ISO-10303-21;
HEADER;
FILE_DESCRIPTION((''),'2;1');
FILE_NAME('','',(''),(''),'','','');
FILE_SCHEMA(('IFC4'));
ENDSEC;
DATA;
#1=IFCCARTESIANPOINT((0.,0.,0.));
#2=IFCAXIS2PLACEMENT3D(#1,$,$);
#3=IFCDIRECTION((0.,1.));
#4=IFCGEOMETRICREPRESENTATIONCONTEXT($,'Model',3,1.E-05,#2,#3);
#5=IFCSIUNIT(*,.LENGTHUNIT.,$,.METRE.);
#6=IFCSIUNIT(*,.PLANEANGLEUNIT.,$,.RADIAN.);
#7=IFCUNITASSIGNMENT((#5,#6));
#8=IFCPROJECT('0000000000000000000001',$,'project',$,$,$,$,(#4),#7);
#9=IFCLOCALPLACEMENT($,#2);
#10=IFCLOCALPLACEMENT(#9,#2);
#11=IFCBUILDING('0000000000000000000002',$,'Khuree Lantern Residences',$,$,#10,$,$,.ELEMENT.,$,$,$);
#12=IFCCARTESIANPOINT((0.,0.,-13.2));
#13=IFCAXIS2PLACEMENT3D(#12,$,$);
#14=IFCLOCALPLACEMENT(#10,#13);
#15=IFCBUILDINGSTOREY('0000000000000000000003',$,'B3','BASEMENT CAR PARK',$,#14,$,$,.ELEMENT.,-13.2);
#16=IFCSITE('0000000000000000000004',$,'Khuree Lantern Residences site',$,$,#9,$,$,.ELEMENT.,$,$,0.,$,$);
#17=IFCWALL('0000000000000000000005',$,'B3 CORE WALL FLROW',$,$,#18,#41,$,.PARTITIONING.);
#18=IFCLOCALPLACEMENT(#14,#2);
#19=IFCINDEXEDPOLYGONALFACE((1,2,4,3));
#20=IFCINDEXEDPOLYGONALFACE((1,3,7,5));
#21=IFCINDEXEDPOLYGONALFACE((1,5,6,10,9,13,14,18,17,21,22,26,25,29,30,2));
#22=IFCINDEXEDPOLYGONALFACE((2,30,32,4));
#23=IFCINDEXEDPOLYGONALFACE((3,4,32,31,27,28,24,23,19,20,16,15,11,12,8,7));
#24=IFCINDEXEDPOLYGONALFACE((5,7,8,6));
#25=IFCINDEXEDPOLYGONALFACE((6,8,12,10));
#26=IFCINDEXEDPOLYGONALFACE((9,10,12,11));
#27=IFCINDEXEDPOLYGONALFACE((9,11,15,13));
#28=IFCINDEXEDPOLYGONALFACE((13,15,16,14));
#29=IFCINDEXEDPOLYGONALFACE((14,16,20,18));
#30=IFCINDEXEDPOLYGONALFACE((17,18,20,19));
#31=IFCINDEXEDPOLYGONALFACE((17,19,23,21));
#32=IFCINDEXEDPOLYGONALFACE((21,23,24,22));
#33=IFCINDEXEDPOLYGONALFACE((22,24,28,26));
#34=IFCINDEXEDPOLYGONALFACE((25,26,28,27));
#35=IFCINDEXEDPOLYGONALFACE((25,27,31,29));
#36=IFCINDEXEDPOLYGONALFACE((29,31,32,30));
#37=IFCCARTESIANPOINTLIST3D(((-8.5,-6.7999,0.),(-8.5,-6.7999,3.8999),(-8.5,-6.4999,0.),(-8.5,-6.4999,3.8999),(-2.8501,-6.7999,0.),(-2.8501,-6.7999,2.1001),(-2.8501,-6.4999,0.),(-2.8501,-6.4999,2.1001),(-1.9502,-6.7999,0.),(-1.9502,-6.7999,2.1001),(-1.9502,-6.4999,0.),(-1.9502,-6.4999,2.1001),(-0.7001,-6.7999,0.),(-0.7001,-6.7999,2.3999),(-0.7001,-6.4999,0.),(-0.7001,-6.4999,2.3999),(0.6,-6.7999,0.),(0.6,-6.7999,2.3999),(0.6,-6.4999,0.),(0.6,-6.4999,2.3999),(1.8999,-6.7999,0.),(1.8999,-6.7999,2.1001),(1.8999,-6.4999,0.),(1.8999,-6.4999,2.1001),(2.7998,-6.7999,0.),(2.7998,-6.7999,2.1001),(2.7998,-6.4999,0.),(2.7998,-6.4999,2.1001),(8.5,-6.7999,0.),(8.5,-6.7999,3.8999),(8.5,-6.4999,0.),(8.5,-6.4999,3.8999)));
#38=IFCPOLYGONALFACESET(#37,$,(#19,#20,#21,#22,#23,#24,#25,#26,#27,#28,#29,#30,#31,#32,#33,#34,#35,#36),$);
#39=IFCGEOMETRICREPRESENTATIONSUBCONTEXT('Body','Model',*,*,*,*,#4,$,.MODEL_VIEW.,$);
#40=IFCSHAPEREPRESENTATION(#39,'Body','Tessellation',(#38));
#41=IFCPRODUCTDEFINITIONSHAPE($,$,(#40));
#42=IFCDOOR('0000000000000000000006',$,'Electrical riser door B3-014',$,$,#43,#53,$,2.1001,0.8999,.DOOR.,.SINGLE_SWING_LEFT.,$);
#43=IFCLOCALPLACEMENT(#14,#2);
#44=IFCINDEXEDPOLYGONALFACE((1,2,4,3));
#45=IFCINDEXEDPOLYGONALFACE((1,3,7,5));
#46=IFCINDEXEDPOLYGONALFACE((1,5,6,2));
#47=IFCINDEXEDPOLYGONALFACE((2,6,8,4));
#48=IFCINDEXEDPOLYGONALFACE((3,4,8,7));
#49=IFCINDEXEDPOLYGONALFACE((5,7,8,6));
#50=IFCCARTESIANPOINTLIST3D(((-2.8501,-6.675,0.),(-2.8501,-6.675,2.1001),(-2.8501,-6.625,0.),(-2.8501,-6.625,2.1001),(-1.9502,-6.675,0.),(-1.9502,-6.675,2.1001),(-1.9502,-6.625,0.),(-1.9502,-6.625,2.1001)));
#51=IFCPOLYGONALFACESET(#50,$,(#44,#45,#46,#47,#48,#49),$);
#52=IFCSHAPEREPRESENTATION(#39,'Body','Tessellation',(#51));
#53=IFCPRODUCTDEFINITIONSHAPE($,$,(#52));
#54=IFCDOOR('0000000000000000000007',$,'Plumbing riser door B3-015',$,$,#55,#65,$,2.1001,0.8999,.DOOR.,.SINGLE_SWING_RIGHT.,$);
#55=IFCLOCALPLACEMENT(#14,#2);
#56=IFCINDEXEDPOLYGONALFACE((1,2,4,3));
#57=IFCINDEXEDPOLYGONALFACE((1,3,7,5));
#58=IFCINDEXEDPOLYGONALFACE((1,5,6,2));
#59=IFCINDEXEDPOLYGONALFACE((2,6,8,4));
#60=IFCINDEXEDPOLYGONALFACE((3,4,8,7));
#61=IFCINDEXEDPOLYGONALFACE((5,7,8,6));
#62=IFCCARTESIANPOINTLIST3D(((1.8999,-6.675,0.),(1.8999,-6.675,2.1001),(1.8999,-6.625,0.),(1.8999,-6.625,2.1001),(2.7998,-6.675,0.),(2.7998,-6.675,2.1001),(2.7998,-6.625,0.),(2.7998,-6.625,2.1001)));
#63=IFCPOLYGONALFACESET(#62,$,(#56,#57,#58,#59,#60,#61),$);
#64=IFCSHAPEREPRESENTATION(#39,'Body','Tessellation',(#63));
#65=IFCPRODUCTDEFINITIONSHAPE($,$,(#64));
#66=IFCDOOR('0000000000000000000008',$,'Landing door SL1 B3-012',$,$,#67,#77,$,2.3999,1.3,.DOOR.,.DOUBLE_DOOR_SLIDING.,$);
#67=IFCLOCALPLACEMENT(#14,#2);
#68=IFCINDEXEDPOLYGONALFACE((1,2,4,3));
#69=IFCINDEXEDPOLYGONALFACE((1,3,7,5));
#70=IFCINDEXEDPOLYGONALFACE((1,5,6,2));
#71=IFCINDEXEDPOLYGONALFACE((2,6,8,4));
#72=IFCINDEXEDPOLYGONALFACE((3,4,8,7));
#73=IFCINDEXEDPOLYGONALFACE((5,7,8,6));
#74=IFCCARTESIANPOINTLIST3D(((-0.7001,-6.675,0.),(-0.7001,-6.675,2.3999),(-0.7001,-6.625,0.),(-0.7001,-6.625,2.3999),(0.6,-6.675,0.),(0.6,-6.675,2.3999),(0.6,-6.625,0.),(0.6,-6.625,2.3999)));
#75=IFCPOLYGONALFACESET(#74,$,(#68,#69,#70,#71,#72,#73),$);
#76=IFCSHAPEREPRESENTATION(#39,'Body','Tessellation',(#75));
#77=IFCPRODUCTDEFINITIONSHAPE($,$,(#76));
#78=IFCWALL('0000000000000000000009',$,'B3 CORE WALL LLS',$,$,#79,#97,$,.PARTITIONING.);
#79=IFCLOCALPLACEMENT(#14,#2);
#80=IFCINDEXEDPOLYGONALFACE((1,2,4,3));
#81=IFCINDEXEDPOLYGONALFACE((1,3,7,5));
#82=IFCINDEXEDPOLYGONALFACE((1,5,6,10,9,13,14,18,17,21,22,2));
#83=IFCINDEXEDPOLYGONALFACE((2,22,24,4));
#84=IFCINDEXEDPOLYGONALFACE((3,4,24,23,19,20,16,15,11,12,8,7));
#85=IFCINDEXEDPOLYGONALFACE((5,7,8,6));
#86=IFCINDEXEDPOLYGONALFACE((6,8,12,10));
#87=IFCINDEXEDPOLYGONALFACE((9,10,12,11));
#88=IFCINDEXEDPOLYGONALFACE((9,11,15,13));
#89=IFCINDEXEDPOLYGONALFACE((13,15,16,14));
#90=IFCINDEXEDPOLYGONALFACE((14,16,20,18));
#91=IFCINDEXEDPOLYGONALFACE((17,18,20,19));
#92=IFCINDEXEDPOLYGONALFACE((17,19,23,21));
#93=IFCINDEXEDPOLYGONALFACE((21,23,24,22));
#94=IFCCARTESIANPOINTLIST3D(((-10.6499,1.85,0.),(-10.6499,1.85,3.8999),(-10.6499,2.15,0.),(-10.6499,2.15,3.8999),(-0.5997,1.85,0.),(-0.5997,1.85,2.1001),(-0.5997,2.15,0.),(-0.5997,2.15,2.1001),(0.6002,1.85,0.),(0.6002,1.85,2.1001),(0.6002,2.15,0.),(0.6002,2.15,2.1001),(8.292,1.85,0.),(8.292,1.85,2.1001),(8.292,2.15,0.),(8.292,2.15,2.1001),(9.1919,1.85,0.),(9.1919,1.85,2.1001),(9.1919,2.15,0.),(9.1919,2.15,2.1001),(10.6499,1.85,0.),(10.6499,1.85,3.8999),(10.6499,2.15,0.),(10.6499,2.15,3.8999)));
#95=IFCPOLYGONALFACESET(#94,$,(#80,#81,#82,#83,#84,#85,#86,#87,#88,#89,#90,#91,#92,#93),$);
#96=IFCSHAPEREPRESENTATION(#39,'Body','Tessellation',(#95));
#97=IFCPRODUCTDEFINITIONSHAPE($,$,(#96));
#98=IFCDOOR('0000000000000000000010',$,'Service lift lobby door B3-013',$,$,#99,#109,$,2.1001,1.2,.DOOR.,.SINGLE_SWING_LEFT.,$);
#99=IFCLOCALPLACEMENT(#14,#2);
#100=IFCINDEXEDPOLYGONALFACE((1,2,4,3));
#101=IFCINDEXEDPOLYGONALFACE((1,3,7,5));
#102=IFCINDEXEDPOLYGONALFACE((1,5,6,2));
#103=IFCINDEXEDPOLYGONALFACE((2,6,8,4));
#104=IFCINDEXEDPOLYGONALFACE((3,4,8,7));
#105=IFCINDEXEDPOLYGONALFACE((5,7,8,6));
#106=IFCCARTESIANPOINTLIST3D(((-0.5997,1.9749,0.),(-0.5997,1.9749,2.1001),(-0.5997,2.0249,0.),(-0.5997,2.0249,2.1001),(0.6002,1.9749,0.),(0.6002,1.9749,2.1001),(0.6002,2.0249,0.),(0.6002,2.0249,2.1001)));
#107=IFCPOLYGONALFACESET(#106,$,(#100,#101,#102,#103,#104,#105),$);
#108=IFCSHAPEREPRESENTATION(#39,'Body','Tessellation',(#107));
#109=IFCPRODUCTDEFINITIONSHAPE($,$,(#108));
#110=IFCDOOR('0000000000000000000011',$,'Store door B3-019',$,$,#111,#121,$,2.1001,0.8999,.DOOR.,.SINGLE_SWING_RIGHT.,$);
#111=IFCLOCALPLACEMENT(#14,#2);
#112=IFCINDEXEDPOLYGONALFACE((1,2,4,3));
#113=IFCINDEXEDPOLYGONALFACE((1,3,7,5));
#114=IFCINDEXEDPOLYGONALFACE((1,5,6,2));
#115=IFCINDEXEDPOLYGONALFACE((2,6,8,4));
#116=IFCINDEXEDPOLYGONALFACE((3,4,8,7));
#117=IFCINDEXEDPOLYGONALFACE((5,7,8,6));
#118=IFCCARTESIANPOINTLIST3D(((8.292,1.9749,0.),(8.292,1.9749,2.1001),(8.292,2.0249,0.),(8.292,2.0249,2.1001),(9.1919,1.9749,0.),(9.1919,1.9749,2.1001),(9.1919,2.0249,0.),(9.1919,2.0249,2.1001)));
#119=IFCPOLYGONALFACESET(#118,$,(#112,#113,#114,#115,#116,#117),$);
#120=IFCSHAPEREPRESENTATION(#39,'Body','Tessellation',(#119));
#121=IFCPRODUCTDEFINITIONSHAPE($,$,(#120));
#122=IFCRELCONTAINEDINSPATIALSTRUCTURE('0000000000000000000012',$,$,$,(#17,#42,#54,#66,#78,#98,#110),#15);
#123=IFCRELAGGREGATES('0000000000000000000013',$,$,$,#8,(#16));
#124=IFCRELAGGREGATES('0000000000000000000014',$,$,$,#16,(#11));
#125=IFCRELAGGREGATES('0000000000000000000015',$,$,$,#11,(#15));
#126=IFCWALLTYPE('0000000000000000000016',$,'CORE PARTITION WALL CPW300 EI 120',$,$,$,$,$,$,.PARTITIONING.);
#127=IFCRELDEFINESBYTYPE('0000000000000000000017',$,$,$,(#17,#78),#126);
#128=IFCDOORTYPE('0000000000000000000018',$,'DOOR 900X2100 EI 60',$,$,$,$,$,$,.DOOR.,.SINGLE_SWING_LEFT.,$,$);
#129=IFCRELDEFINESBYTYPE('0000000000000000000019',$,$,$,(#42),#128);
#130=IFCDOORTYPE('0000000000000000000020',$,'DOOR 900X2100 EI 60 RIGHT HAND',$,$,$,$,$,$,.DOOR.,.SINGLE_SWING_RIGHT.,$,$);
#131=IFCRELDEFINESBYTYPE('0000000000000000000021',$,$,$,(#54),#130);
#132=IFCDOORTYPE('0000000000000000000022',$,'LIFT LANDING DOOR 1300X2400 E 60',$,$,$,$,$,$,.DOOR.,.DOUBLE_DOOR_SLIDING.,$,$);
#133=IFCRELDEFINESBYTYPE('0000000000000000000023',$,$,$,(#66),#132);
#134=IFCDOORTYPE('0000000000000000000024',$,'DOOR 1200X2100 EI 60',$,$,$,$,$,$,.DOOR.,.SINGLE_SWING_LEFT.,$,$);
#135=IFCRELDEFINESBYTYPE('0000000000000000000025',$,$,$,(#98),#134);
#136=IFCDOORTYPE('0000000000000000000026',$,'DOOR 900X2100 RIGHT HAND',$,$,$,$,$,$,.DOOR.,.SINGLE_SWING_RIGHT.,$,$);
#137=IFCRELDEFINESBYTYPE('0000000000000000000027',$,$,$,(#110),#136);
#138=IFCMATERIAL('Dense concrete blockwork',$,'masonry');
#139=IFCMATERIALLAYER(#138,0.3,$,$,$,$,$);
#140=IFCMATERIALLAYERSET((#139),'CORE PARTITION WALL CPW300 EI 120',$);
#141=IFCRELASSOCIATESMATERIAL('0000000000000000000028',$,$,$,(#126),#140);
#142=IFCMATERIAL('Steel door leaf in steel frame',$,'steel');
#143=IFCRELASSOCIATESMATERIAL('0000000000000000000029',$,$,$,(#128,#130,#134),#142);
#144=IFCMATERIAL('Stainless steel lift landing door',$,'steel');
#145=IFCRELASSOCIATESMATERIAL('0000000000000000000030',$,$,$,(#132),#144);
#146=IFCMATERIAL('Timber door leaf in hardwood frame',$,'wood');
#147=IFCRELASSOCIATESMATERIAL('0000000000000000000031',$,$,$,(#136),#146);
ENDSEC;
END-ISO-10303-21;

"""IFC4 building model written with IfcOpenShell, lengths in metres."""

from ifc_helpers import new_model, si_unit, direction, frame, frame_2d, origin, place, context, subcontext, project, spatial, rectangle, extrude, material, layer, layer_set, type_object, element, fill, save


model = new_model("IFC4")

# Units and contexts
model_context = context("Model", 3, precision=1e-05, world=origin(), true_north=direction((0.0, 1.0)))
body_context = subcontext(model_context, "Body", "Model", "MODEL_VIEW")
ifc_project = project(units=[si_unit("LENGTHUNIT", "METRE"), si_unit("PLANEANGLEUNIT", "RADIAN")], contexts=[model_context])

# Site, building, storey
site_placement = place(None, origin())
site = spatial("IfcSite", under=ifc_project, at=site_placement, Name="Khuree Lantern Residences site", CompositionType="ELEMENT", RefElevation=0.0)
building_placement = place(site_placement, origin())
building = spatial("IfcBuilding", under=site, at=building_placement, Name="Khuree Lantern Residences", CompositionType="ELEMENT")
storey_placement = place(building_placement, frame((0.0, 0.0, -13.2)))
storey = spatial("IfcBuildingStorey", under=building, at=storey_placement, Name="B3", Description="BASEMENT CAR PARK", CompositionType="ELEMENT", Elevation=-13.2)

# Walls, openings, doors
ifc_material_1 = material(Name="Dense concrete blockwork", Category="masonry")
ifc_layer_1 = layer(ifc_material_1, 0.3)
ifc_layer_set_1 = layer_set([ifc_layer_1], Name="CORE PARTITION WALL CPW300 EI 120")
wall_type_1 = type_object("IfcWallType", Name="CORE PARTITION WALL CPW300 EI 120", PredefinedType="PARTITIONING", material=ifc_layer_set_1)
wall_1_placement = place(storey_placement, frame((-8.5, -6.6499, 0.0), z_axis=(0.0, 0.0, 1.0), x_axis=(1.0, 0.0, 0.0)))
wall_1 = element("IfcWall", 1, at=wall_1_placement, inside=storey, type_object=wall_type_1, Name="B3 CORE WALL FLROW", PredefinedType="PARTITIONING", context=body_context, shape_type="SweptSolid", body=[
    extrude(rectangle(XDim=17.0, YDim=0.3, at=frame_2d((8.5, 0.0))), origin(), (0.0, 0.0, 1.0), 3.8999),
])
opening_1_placement = place(wall_1_placement, frame((7.8, 0.0, 0.0)))
opening_1 = element("IfcOpeningElement", 2, at=opening_1_placement, cuts=wall_1, PredefinedType="OPENING", context=body_context, shape_type="SweptSolid", body=[
    extrude(rectangle(XDim=1.3, YDim=2.3999, at=frame_2d((0.6499, 1.2))), frame((0.0, 0.1602, 0.0), z_axis=(0.0, -1.0, 0.0), x_axis=(1.0, 0.0, 0.0)), (0.0, 0.0, 1.0), 0.3201),
])
opening_2_placement = place(wall_1_placement, frame((5.6499, 0.0, 0.0)))
opening_2 = element("IfcOpeningElement", 3, at=opening_2_placement, cuts=wall_1, PredefinedType="OPENING", context=body_context, shape_type="SweptSolid", body=[
    extrude(rectangle(XDim=0.8999, YDim=2.1001, at=frame_2d((0.45, 1.05))), frame((0.0, 0.1602, 0.0), z_axis=(0.0, -1.0, 0.0), x_axis=(1.0, 0.0, 0.0)), (0.0, 0.0, 1.0), 0.3201),
])
opening_3_placement = place(wall_1_placement, frame((10.3999, 0.0, 0.0)))
opening_3 = element("IfcOpeningElement", 4, at=opening_3_placement, cuts=wall_1, PredefinedType="OPENING", context=body_context, shape_type="SweptSolid", body=[
    extrude(rectangle(XDim=0.8999, YDim=2.1001, at=frame_2d((0.45, 1.05))), frame((0.0, 0.1602, 0.0), z_axis=(0.0, -1.0, 0.0), x_axis=(1.0, 0.0, 0.0)), (0.0, 0.0, 1.0), 0.3201),
])
ifc_material_2 = material(Name="Steel door leaf in steel frame", Category="steel")
door_type_1 = type_object("IfcDoorType", Name="DOOR 900X2100 EI 60", OperationType="SINGLE_SWING_LEFT", PredefinedType="DOOR", material=ifc_material_2)
door_1_placement = place(opening_2_placement, origin())
door_1 = element("IfcDoor", 5, at=door_1_placement, inside=storey, type_object=door_type_1, Name="Electrical riser door B3-014", OperationType="SINGLE_SWING_LEFT", OverallHeight=2.1001, OverallWidth=0.8999, PredefinedType="DOOR", context=body_context, shape_type="SweptSolid", body=[
    extrude(rectangle(XDim=0.8999, YDim=2.1001, at=frame_2d((0.45, 1.05))), frame((0.0, 0.0249, 0.0), z_axis=(0.0, -1.0, 0.0), x_axis=(1.0, 0.0, 0.0)), (0.0, 0.0, 1.0), 0.05),
])
fill(opening_2, door_1)
door_type_2 = type_object("IfcDoorType", Name="DOOR 900X2100 EI 60 RIGHT HAND", OperationType="SINGLE_SWING_RIGHT", PredefinedType="DOOR", material=ifc_material_2)
door_2_placement = place(opening_3_placement, origin())
door_2 = element("IfcDoor", 6, at=door_2_placement, inside=storey, type_object=door_type_2, Name="Plumbing riser door B3-015", OperationType="SINGLE_SWING_RIGHT", OverallHeight=2.1001, OverallWidth=0.8999, PredefinedType="DOOR", context=body_context, shape_type="SweptSolid", body=[
    extrude(rectangle(XDim=0.8999, YDim=2.1001, at=frame_2d((0.45, 1.05))), frame((0.0, 0.0249, 0.0), z_axis=(0.0, -1.0, 0.0), x_axis=(1.0, 0.0, 0.0)), (0.0, 0.0, 1.0), 0.05),
])
fill(opening_3, door_2)
ifc_material_3 = material(Name="Stainless steel lift landing door", Category="steel")
door_type_3 = type_object("IfcDoorType", Name="LIFT LANDING DOOR 1300X2400 E 60", OperationType="DOUBLE_DOOR_SLIDING", PredefinedType="DOOR", material=ifc_material_3)
door_3_placement = place(opening_1_placement, origin())
door_3 = element("IfcDoor", 7, at=door_3_placement, inside=storey, type_object=door_type_3, Name="Landing door SL1 B3-012", OperationType="DOUBLE_DOOR_SLIDING", OverallHeight=2.3999, OverallWidth=1.3, PredefinedType="DOOR", context=body_context, shape_type="SweptSolid", body=[
    extrude(rectangle(XDim=1.3, YDim=2.3999, at=frame_2d((0.6499, 1.2))), frame((0.0, 0.0249, 0.0), z_axis=(0.0, -1.0, 0.0), x_axis=(1.0, 0.0, 0.0)), (0.0, 0.0, 1.0), 0.05),
])
fill(opening_1, door_3)
wall_2_placement = place(storey_placement, frame((-10.6499, 2.0, 0.0), z_axis=(0.0, 0.0, 1.0), x_axis=(1.0, 0.0, 0.0)))
wall_2 = element("IfcWall", 8, at=wall_2_placement, inside=storey, type_object=wall_type_1, Name="B3 CORE WALL LLS", PredefinedType="PARTITIONING", context=body_context, shape_type="SweptSolid", body=[
    extrude(rectangle(XDim=21.2998, YDim=0.3, at=frame_2d((10.6499, 0.0))), origin(), (0.0, 0.0, 1.0), 3.8999),
])
opening_4_placement = place(wall_2_placement, frame((10.05, 0.0, 0.0)))
opening_4 = element("IfcOpeningElement", 9, at=opening_4_placement, cuts=wall_2, PredefinedType="OPENING", context=body_context, shape_type="SweptSolid", body=[
    extrude(rectangle(XDim=1.2, YDim=2.1001, at=frame_2d((0.6001, 1.05))), frame((0.0, 0.1602, 0.0), z_axis=(0.0, -1.0, 0.0), x_axis=(1.0, 0.0, 0.0)), (0.0, 0.0, 1.0), 0.3201),
])
opening_5_placement = place(wall_2_placement, frame((18.9419, 0.0, 0.0)))
opening_5 = element("IfcOpeningElement", 10, at=opening_5_placement, cuts=wall_2, PredefinedType="OPENING", context=body_context, shape_type="SweptSolid", body=[
    extrude(rectangle(XDim=0.8999, YDim=2.1001, at=frame_2d((0.45, 1.05))), frame((0.0, 0.1602, 0.0), z_axis=(0.0, -1.0, 0.0), x_axis=(1.0, 0.0, 0.0)), (0.0, 0.0, 1.0), 0.3201),
])
door_type_4 = type_object("IfcDoorType", Name="DOOR 1200X2100 EI 60", OperationType="SINGLE_SWING_LEFT", PredefinedType="DOOR", material=ifc_material_2)
door_4_placement = place(opening_4_placement, origin())
door_4 = element("IfcDoor", 11, at=door_4_placement, inside=storey, type_object=door_type_4, Name="Service lift lobby door B3-013", OperationType="SINGLE_SWING_LEFT", OverallHeight=2.1001, OverallWidth=1.2, PredefinedType="DOOR", context=body_context, shape_type="SweptSolid", body=[
    extrude(rectangle(XDim=1.2, YDim=2.1001, at=frame_2d((0.6001, 1.05))), frame((0.0, 0.0249, 0.0), z_axis=(0.0, -1.0, 0.0), x_axis=(1.0, 0.0, 0.0)), (0.0, 0.0, 1.0), 0.05),
])
fill(opening_4, door_4)
ifc_material_4 = material(Name="Timber door leaf in hardwood frame", Category="wood")
door_type_5 = type_object("IfcDoorType", Name="DOOR 900X2100 RIGHT HAND", OperationType="SINGLE_SWING_RIGHT", PredefinedType="DOOR", material=ifc_material_4)
door_5_placement = place(opening_5_placement, origin())
door_5 = element("IfcDoor", 12, at=door_5_placement, inside=storey, type_object=door_type_5, Name="Store door B3-019", OperationType="SINGLE_SWING_RIGHT", OverallHeight=2.1001, OverallWidth=0.8999, PredefinedType="DOOR", context=body_context, shape_type="SweptSolid", body=[
    extrude(rectangle(XDim=0.8999, YDim=2.1001, at=frame_2d((0.45, 1.05))), frame((0.0, 0.0249, 0.0), z_axis=(0.0, -1.0, 0.0), x_axis=(1.0, 0.0, 0.0)), (0.0, 0.0, 1.0), 0.05),
])
fill(opening_5, door_5)

save(model, "model.ifc")
